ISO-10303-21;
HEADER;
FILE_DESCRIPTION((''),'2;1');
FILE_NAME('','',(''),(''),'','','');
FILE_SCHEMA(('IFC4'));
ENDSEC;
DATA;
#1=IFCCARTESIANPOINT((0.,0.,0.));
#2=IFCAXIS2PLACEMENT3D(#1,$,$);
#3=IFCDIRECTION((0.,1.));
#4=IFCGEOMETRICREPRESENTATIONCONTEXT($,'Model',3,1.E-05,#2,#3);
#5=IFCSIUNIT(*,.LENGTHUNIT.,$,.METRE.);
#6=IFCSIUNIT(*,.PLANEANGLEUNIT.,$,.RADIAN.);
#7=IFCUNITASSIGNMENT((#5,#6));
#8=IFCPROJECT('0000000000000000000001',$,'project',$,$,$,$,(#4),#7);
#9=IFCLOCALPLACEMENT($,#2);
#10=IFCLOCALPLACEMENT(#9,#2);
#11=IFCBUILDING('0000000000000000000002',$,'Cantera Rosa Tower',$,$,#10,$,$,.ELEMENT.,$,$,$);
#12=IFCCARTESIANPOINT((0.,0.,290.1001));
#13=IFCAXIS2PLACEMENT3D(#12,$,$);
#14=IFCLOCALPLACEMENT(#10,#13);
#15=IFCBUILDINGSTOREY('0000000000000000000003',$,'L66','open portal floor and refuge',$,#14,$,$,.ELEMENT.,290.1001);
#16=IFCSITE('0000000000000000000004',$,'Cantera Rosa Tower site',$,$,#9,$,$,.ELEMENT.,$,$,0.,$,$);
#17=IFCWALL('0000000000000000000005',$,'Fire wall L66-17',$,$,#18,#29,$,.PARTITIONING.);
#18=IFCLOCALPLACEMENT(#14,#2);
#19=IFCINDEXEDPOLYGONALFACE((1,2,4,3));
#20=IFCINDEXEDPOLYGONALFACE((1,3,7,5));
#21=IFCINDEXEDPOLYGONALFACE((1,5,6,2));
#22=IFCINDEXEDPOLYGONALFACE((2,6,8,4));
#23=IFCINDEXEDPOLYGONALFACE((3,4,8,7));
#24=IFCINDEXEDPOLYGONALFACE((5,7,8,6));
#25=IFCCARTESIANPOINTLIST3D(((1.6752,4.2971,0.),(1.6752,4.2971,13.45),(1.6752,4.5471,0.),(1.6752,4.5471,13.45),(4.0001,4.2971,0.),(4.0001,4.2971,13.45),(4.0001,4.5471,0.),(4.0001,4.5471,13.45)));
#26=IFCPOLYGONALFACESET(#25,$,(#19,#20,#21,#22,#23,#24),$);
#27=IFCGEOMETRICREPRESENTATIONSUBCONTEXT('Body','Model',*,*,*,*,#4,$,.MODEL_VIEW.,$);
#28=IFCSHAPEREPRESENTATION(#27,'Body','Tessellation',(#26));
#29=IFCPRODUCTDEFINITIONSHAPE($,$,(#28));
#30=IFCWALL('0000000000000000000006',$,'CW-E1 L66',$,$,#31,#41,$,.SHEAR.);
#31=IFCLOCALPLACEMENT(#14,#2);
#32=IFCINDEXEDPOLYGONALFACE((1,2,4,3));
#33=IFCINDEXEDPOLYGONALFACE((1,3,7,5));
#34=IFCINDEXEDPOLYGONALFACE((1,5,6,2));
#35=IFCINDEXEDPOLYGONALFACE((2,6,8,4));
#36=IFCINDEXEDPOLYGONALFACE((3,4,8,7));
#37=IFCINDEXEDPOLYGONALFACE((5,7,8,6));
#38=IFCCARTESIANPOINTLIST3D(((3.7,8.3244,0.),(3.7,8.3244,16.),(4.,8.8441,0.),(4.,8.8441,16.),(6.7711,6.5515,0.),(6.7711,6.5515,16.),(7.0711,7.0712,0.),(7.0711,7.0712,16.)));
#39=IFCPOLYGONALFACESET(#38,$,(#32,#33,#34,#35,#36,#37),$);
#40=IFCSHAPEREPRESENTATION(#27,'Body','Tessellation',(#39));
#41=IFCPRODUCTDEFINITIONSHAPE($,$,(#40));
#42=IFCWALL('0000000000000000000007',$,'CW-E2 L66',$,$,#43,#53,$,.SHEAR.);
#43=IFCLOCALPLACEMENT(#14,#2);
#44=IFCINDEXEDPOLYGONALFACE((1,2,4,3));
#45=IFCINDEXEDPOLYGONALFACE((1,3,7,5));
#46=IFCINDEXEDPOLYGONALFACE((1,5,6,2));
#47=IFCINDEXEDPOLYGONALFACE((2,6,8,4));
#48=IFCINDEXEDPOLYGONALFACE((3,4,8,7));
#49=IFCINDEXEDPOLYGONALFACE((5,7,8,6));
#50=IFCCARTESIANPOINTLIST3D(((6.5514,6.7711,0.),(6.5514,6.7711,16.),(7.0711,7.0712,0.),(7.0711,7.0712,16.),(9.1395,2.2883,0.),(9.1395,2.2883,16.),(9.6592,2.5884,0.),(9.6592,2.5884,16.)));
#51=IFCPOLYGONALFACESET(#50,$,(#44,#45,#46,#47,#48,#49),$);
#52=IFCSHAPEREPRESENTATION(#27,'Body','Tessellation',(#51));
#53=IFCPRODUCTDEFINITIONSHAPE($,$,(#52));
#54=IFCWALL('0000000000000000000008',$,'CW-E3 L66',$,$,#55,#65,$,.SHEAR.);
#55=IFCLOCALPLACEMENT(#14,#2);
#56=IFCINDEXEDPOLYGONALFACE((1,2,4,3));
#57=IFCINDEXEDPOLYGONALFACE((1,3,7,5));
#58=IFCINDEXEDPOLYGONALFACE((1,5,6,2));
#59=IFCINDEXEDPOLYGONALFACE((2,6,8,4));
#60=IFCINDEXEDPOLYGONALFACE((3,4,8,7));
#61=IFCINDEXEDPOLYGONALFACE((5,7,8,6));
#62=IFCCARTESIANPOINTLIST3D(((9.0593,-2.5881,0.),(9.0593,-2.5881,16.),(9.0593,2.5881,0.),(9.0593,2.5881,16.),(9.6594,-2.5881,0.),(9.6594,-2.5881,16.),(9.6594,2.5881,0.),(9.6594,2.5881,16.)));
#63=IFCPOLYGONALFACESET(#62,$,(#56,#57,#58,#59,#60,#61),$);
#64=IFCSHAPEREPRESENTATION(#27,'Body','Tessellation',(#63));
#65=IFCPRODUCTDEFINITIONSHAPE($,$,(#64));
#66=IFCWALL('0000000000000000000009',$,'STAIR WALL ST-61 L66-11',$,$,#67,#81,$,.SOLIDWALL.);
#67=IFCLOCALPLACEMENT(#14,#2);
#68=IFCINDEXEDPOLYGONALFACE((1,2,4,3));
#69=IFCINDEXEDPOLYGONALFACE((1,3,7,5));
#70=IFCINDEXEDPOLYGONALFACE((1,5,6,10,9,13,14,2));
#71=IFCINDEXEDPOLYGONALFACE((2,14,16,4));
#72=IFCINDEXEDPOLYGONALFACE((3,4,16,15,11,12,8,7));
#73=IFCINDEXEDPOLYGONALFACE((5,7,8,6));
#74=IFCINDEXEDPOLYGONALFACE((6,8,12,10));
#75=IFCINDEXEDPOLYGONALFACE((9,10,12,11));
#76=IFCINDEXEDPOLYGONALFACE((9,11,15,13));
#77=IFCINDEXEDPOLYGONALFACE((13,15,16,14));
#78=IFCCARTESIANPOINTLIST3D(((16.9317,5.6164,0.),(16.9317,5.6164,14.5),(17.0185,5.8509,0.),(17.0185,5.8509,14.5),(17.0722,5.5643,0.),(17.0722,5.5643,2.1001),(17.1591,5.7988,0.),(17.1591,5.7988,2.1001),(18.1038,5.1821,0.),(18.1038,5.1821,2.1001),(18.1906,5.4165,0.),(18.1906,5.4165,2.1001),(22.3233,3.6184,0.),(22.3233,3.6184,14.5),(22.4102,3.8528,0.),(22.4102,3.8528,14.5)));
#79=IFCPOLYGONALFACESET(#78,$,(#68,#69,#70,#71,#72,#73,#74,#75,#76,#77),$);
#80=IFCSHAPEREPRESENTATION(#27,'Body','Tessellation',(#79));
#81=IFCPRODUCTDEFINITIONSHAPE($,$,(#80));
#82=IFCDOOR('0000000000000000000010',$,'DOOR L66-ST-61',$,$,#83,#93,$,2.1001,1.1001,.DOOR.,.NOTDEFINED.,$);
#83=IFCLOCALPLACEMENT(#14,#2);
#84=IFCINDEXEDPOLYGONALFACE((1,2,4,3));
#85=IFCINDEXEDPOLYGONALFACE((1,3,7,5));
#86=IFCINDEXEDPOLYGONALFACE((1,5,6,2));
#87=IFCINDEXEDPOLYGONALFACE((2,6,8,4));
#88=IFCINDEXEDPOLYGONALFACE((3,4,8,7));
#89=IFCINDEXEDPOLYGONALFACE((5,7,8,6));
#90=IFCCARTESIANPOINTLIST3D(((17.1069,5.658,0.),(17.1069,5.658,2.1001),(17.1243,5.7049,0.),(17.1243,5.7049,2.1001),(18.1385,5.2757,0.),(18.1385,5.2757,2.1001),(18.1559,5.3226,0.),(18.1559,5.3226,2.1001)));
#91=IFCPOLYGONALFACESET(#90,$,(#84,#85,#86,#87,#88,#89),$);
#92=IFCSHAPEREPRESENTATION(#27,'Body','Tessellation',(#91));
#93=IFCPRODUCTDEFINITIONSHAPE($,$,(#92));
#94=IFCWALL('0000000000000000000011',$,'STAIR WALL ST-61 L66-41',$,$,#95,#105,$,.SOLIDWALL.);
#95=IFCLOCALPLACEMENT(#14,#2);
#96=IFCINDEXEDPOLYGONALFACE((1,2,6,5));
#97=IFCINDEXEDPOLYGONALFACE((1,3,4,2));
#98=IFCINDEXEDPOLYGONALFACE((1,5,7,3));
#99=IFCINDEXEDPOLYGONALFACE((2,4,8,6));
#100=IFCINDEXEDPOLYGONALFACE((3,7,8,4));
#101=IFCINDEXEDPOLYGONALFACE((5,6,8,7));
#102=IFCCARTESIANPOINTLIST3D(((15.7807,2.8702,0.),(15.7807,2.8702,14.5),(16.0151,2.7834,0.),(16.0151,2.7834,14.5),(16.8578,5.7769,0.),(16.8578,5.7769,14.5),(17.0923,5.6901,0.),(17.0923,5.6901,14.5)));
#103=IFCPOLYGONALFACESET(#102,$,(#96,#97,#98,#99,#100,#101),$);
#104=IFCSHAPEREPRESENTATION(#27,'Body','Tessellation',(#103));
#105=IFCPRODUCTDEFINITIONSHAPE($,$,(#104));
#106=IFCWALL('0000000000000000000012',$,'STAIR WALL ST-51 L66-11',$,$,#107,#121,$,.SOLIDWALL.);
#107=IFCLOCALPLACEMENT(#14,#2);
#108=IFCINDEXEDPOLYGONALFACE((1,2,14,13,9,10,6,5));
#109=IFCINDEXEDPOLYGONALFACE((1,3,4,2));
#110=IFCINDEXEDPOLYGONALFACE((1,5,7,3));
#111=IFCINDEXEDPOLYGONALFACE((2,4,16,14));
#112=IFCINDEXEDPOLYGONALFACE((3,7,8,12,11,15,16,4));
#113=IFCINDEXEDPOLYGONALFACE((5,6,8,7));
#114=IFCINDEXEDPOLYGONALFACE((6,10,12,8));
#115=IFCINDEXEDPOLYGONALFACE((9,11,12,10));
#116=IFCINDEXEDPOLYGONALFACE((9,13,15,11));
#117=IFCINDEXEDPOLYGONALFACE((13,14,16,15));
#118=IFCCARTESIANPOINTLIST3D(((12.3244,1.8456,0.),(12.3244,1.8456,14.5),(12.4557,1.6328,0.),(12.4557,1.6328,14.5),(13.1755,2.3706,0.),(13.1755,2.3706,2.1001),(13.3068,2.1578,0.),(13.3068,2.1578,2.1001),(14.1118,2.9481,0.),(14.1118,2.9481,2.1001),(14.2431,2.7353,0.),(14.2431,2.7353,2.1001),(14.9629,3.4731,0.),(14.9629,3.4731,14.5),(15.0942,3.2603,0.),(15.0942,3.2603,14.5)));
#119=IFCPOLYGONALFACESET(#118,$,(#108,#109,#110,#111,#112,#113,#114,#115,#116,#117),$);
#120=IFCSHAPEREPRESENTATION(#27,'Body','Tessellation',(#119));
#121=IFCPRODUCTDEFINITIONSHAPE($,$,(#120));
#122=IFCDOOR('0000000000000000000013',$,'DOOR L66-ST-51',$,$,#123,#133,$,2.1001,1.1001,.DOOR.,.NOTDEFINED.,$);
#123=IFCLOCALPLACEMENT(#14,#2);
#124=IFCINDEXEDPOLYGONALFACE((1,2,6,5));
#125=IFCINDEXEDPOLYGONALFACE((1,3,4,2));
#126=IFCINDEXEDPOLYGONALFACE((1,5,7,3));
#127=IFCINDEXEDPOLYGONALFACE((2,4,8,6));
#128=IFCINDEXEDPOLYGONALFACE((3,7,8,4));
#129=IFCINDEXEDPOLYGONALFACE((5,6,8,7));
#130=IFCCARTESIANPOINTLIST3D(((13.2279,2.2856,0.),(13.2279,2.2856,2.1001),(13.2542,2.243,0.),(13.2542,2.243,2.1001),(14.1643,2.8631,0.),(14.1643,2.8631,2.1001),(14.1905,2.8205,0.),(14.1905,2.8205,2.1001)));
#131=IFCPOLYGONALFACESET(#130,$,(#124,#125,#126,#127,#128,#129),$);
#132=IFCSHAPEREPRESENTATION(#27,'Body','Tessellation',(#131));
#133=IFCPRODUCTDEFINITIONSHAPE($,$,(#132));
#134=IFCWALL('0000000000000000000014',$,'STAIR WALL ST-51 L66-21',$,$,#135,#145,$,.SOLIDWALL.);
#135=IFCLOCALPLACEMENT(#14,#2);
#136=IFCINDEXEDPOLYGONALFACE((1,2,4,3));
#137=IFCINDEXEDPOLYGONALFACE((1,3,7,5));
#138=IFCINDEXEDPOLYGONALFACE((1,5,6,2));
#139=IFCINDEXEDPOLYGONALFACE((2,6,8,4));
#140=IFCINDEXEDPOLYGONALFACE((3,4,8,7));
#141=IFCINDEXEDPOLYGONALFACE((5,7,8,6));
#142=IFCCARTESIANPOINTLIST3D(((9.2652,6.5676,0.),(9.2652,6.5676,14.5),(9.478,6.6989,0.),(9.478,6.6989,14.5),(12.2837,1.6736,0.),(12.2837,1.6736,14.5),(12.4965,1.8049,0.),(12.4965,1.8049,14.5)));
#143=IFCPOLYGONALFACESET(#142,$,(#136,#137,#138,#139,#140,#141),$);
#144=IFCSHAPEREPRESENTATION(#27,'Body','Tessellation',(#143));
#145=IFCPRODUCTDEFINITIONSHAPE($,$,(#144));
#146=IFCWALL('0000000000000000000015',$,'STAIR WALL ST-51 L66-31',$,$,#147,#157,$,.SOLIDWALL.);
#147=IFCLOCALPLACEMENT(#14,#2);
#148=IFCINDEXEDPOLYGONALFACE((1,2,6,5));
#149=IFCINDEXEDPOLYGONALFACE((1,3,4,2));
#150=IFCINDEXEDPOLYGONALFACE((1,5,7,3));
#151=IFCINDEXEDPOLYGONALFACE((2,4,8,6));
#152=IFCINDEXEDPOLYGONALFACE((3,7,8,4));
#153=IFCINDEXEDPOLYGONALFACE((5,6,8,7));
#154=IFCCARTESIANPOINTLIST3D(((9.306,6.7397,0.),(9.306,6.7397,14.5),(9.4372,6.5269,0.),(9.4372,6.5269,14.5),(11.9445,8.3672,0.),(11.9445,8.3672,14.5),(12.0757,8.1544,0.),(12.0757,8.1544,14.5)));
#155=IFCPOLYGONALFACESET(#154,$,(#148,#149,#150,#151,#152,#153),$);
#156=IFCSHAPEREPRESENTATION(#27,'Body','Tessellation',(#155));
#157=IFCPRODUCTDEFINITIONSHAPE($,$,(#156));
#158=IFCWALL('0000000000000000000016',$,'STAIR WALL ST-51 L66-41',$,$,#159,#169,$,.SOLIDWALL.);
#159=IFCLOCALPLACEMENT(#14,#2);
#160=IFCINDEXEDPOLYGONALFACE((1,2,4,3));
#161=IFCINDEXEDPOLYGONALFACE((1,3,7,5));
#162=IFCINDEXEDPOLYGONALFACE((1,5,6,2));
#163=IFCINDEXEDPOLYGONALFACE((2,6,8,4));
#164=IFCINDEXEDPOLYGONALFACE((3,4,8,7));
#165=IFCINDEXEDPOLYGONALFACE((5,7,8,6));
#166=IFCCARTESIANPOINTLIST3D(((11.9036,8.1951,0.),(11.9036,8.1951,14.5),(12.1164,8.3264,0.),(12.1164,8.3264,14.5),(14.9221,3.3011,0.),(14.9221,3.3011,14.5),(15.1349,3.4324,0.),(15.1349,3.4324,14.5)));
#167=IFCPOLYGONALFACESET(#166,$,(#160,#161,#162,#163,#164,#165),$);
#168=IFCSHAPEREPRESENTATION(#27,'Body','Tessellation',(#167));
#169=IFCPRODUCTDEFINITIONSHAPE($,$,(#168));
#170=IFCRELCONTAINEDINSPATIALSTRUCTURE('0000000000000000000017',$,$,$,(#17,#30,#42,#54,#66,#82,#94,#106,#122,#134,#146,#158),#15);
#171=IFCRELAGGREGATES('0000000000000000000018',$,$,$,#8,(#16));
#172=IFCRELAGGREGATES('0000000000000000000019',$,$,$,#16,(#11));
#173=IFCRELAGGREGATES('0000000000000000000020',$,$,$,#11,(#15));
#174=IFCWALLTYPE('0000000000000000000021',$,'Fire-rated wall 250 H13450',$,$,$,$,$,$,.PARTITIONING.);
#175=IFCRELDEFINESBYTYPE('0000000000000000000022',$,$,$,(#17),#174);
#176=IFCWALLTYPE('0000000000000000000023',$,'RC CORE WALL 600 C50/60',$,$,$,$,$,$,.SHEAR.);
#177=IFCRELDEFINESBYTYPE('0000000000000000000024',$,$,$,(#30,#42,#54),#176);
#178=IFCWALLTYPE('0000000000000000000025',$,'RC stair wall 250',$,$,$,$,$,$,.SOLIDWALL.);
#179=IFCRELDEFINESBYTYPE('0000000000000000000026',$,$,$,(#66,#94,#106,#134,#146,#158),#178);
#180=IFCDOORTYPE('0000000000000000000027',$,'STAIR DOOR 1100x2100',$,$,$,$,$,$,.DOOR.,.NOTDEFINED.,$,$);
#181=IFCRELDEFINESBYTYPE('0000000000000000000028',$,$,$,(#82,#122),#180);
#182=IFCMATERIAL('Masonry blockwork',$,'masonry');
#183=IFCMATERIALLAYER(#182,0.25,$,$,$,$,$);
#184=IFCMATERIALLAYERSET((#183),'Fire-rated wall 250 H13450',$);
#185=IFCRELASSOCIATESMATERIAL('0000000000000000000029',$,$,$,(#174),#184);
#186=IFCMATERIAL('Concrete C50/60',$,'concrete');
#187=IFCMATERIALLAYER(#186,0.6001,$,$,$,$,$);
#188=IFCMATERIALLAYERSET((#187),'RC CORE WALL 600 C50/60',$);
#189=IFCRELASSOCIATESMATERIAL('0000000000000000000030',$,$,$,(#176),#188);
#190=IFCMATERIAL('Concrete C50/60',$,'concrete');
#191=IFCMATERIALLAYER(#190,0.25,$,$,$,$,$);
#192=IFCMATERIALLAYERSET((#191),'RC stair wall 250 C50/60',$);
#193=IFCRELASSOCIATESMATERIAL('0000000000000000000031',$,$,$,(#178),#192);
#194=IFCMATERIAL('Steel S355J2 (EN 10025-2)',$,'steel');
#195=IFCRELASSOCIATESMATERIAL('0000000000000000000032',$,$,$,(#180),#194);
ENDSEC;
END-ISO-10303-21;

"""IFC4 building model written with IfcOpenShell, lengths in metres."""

from ifc_helpers import new_model, si_unit, direction, frame, frame_2d, origin, place, context, subcontext, project, spatial, rectangle, extrude, material, layer, layer_set, type_object, element, fill, save


model = new_model("IFC4")

# Units and contexts
model_context = context("Model", 3, precision=1e-05, world=origin(), true_north=direction((0.0, 1.0)))
body_context = subcontext(model_context, "Body", "Model", "MODEL_VIEW")
ifc_project = project(units=[si_unit("LENGTHUNIT", "METRE"), si_unit("PLANEANGLEUNIT", "RADIAN")], contexts=[model_context])

# Site, building, storey
site_placement = place(None, origin())
site = spatial("IfcSite", under=ifc_project, at=site_placement, Name="Cantera Rosa Tower site", CompositionType="ELEMENT", RefElevation=0.0)
building_placement = place(site_placement, origin())
building = spatial("IfcBuilding", under=site, at=building_placement, Name="Cantera Rosa Tower", CompositionType="ELEMENT")
storey_placement = place(building_placement, frame((0.0, 0.0, 290.1001)))
storey = spatial("IfcBuildingStorey", under=building, at=storey_placement, Name="L66", Description="open portal floor and refuge", CompositionType="ELEMENT", Elevation=290.1001)

# Walls
ifc_material_1 = material(Name="Masonry blockwork", Category="masonry")
ifc_layer_1 = layer(ifc_material_1, 0.25)
ifc_layer_set_1 = layer_set([ifc_layer_1], Name="Fire-rated wall 250 H13450")
wall_type_1 = type_object("IfcWallType", Name="Fire-rated wall 250 H13450", PredefinedType="PARTITIONING", material=ifc_layer_set_1)
wall_1_placement = place(storey_placement, frame((1.675, 4.4221, 0.0), z_axis=(0.0, 0.0, 1.0), x_axis=(1.0, 0.0, 0.0)))
element("IfcWall", 1, at=wall_1_placement, inside=storey, type_object=wall_type_1, Name="Fire wall L66-17", PredefinedType="PARTITIONING", context=body_context, shape_type="SweptSolid", body=[
    extrude(rectangle(XDim=2.325, YDim=0.25, at=frame_2d((1.1626, 0.0))), origin(), (0.0, 0.0, 1.0), 13.45),
])
ifc_material_2 = material(Name="Concrete C50/60", Category="concrete")
ifc_layer_2 = layer(ifc_material_2, 0.6001)
ifc_layer_set_2 = layer_set([ifc_layer_2], Name="RC CORE WALL 600 C50/60")
wall_type_2 = type_object("IfcWallType", Name="RC CORE WALL 600 C50/60", PredefinedType="SHEAR", material=ifc_layer_set_2)
wall_2_placement = place(storey_placement, frame((3.8501, 8.5842, 0.0), z_axis=(0.0, 0.0, 1.0), x_axis=(0.86604, -0.499975, 0.0)))
element("IfcWall", 2, at=wall_2_placement, inside=storey, type_object=wall_type_2, Name="CW-E1 L66", PredefinedType="SHEAR", context=body_context, shape_type="SweptSolid", body=[
    extrude(rectangle(XDim=3.5461, YDim=0.6001, at=frame_2d((1.7729, 0.0))), origin(), (0.0, 0.0, 1.0), 16.0),
])
for number, where, z_axis, x_axis, name in (
    (3, (6.8113, 6.9211, 0.0), (0.0, 0.0, 1.0), (0.499989, -0.866032, 0.0), "CW-E2 L66"),
    (4, (9.3594, 2.5881, 0.0), (0.0, 0.0, 1.0), (0.0, -1.0, 0.0), "CW-E3 L66"),
):
    element("IfcWall", number, at=place(storey_placement, frame(where, z_axis=z_axis, x_axis=x_axis)), inside=storey, type_object=wall_type_2, Name=name, PredefinedType="SHEAR", context=body_context, shape_type="SweptSolid", body=[
        extrude(rectangle(XDim=5.1763, YDim=0.6001, at=frame_2d((2.5881, 0.0))), origin(), (0.0, 0.0, 1.0), 16.0),
    ])

# Wall, opening, door
ifc_material_3 = material(Name="Concrete C50/60", Category="concrete")
ifc_layer_3 = layer(ifc_material_3, 0.25)
ifc_layer_set_3 = layer_set([ifc_layer_3], Name="RC stair wall 250 C50/60")
wall_type_3 = type_object("IfcWallType", Name="RC stair wall 250", PredefinedType="SOLIDWALL", material=ifc_layer_set_3)
wall_3_placement = place(storey_placement, frame((16.9751, 5.7336, 0.0), z_axis=(0.0, 0.0, 1.0), x_axis=(0.937683, -0.347491, 0.0)))
wall_3 = element("IfcWall", 5, at=wall_3_placement, inside=storey, type_object=wall_type_3, Name="STAIR WALL ST-61 L66-11", PredefinedType="SOLIDWALL", context=body_context, shape_type="SweptSolid", body=[
    extrude(rectangle(XDim=5.75, YDim=0.25, at=frame_2d((2.875, 0.0))), origin(), (0.0, 0.0, 1.0), 14.5),
])
opening_1_placement = place(wall_3_placement, frame((0.1499, 0.0, 0.0)))
opening_1 = element("IfcOpeningElement", 6, at=opening_1_placement, cuts=wall_3, PredefinedType="OPENING", context=body_context, shape_type="SweptSolid", body=[
    extrude(rectangle(XDim=1.1001, YDim=2.1001, at=frame_2d((0.55, 1.05))), frame((0.0, 0.135, 0.0), z_axis=(0.0, -1.0, 0.0), x_axis=(1.0, 0.0, 0.0)), (0.0, 0.0, 1.0), 0.27),
])
ifc_material_4 = material(Name="Steel S355J2 (EN 10025-2)", Category="steel")
door_type_1 = type_object("IfcDoorType", Name="STAIR DOOR 1100x2100", OperationType="NOTDEFINED", PredefinedType="DOOR", material=ifc_material_4)
door_1_placement = place(opening_1_placement, origin())
door_1 = element("IfcDoor", 7, at=door_1_placement, inside=storey, type_object=door_type_1, Name="DOOR L66-ST-61", OperationType="NOTDEFINED", OverallHeight=2.1001, OverallWidth=1.1001, PredefinedType="DOOR", context=body_context, shape_type="SweptSolid", body=[
    extrude(rectangle(XDim=1.1001, YDim=2.1001, at=frame_2d((0.55, 1.05))), frame((0.0, 0.0249, 0.0), z_axis=(0.0, -1.0, 0.0), x_axis=(1.0, 0.0, 0.0)), (0.0, 0.0, 1.0), 0.05),
])
fill(opening_1, door_1)

# Wall
wall_4_placement = place(storey_placement, frame((15.8979, 2.8269, 0.0), z_axis=(0.0, 0.0, 1.0), x_axis=(0.347479, 0.937688, 0.0)))
element("IfcWall", 8, at=wall_4_placement, inside=storey, type_object=wall_type_3, Name="STAIR WALL ST-61 L66-41", PredefinedType="SOLIDWALL", context=body_context, shape_type="SweptSolid", body=[
    extrude(rectangle(XDim=3.0999, YDim=0.25, at=frame_2d((1.5498, 0.0))), origin(), (0.0, 0.0, 1.0), 14.5),
])

# Wall, opening, door
wall_5_placement = place(storey_placement, frame((15.0286, 3.3667, 0.0), z_axis=(0.0, 0.0, 1.0), x_axis=(-0.851112, -0.524985, 0.0)))
wall_5 = element("IfcWall", 9, at=wall_5_placement, inside=storey, type_object=wall_type_3, Name="STAIR WALL ST-51 L66-11", PredefinedType="SOLIDWALL", context=body_context, shape_type="SweptSolid", body=[
    extrude(rectangle(XDim=3.1001, YDim=0.25, at=frame_2d((1.55, 0.0))), origin(), (0.0, 0.0, 1.0), 14.5),
])
opening_2_placement = place(wall_5_placement, frame((1.0, 0.0, 0.0)))
opening_2 = element("IfcOpeningElement", 10, at=opening_2_placement, cuts=wall_5, PredefinedType="OPENING", context=body_context, shape_type="SweptSolid", body=[
    extrude(rectangle(XDim=1.1001, YDim=2.1001, at=frame_2d((0.55, 1.05))), frame((0.0, 0.135, 0.0), z_axis=(0.0, -1.0, 0.0), x_axis=(1.0, 0.0, 0.0)), (0.0, 0.0, 1.0), 0.27),
])
door_2_placement = place(opening_2_placement, origin())
door_2 = element("IfcDoor", 11, at=door_2_placement, inside=storey, type_object=door_type_1, Name="DOOR L66-ST-51", OperationType="NOTDEFINED", OverallHeight=2.1001, OverallWidth=1.1001, PredefinedType="DOOR", context=body_context, shape_type="SweptSolid", body=[
    extrude(rectangle(XDim=1.1001, YDim=2.1001, at=frame_2d((0.55, 1.05))), frame((0.0, 0.0249, 0.0), z_axis=(0.0, -1.0, 0.0), x_axis=(1.0, 0.0, 0.0)), (0.0, 0.0, 1.0), 0.05),
])
fill(opening_2, door_2)

# Walls
wall_6_placement = place(storey_placement, frame((12.3901, 1.7393, 0.0), z_axis=(0.0, 0.0, 1.0), x_axis=(-0.524959, 0.851127, 0.0)))
element("IfcWall", 12, at=wall_6_placement, inside=storey, type_object=wall_type_3, Name="STAIR WALL ST-51 L66-21", PredefinedType="SOLIDWALL", context=body_context, shape_type="SweptSolid", body=[
    extrude(rectangle(XDim=5.75, YDim=0.25, at=frame_2d((2.875, 0.0))), origin(), (0.0, 0.0, 1.0), 14.5),
])
wall_7_placement = place(storey_placement, frame((9.3716, 6.6333, 0.0), z_axis=(0.0, 0.0, 1.0), x_axis=(0.851112, 0.524985, 0.0)))
element("IfcWall", 13, at=wall_7_placement, inside=storey, type_object=wall_type_3, Name="STAIR WALL ST-51 L66-31", PredefinedType="SOLIDWALL", context=body_context, shape_type="SweptSolid", body=[
    extrude(rectangle(XDim=3.1001, YDim=0.25, at=frame_2d((1.55, 0.0))), origin(), (0.0, 0.0, 1.0), 14.5),
])
wall_8_placement = place(storey_placement, frame((12.01, 8.2607, 0.0), z_axis=(0.0, 0.0, 1.0), x_axis=(0.524959, -0.851127, 0.0)))
element("IfcWall", 14, at=wall_8_placement, inside=storey, type_object=wall_type_3, Name="STAIR WALL ST-51 L66-41", PredefinedType="SOLIDWALL", context=body_context, shape_type="SweptSolid", body=[
    extrude(rectangle(XDim=5.75, YDim=0.25, at=frame_2d((2.875, 0.0))), origin(), (0.0, 0.0, 1.0), 14.5),
])

save(model, "model.ifc")
